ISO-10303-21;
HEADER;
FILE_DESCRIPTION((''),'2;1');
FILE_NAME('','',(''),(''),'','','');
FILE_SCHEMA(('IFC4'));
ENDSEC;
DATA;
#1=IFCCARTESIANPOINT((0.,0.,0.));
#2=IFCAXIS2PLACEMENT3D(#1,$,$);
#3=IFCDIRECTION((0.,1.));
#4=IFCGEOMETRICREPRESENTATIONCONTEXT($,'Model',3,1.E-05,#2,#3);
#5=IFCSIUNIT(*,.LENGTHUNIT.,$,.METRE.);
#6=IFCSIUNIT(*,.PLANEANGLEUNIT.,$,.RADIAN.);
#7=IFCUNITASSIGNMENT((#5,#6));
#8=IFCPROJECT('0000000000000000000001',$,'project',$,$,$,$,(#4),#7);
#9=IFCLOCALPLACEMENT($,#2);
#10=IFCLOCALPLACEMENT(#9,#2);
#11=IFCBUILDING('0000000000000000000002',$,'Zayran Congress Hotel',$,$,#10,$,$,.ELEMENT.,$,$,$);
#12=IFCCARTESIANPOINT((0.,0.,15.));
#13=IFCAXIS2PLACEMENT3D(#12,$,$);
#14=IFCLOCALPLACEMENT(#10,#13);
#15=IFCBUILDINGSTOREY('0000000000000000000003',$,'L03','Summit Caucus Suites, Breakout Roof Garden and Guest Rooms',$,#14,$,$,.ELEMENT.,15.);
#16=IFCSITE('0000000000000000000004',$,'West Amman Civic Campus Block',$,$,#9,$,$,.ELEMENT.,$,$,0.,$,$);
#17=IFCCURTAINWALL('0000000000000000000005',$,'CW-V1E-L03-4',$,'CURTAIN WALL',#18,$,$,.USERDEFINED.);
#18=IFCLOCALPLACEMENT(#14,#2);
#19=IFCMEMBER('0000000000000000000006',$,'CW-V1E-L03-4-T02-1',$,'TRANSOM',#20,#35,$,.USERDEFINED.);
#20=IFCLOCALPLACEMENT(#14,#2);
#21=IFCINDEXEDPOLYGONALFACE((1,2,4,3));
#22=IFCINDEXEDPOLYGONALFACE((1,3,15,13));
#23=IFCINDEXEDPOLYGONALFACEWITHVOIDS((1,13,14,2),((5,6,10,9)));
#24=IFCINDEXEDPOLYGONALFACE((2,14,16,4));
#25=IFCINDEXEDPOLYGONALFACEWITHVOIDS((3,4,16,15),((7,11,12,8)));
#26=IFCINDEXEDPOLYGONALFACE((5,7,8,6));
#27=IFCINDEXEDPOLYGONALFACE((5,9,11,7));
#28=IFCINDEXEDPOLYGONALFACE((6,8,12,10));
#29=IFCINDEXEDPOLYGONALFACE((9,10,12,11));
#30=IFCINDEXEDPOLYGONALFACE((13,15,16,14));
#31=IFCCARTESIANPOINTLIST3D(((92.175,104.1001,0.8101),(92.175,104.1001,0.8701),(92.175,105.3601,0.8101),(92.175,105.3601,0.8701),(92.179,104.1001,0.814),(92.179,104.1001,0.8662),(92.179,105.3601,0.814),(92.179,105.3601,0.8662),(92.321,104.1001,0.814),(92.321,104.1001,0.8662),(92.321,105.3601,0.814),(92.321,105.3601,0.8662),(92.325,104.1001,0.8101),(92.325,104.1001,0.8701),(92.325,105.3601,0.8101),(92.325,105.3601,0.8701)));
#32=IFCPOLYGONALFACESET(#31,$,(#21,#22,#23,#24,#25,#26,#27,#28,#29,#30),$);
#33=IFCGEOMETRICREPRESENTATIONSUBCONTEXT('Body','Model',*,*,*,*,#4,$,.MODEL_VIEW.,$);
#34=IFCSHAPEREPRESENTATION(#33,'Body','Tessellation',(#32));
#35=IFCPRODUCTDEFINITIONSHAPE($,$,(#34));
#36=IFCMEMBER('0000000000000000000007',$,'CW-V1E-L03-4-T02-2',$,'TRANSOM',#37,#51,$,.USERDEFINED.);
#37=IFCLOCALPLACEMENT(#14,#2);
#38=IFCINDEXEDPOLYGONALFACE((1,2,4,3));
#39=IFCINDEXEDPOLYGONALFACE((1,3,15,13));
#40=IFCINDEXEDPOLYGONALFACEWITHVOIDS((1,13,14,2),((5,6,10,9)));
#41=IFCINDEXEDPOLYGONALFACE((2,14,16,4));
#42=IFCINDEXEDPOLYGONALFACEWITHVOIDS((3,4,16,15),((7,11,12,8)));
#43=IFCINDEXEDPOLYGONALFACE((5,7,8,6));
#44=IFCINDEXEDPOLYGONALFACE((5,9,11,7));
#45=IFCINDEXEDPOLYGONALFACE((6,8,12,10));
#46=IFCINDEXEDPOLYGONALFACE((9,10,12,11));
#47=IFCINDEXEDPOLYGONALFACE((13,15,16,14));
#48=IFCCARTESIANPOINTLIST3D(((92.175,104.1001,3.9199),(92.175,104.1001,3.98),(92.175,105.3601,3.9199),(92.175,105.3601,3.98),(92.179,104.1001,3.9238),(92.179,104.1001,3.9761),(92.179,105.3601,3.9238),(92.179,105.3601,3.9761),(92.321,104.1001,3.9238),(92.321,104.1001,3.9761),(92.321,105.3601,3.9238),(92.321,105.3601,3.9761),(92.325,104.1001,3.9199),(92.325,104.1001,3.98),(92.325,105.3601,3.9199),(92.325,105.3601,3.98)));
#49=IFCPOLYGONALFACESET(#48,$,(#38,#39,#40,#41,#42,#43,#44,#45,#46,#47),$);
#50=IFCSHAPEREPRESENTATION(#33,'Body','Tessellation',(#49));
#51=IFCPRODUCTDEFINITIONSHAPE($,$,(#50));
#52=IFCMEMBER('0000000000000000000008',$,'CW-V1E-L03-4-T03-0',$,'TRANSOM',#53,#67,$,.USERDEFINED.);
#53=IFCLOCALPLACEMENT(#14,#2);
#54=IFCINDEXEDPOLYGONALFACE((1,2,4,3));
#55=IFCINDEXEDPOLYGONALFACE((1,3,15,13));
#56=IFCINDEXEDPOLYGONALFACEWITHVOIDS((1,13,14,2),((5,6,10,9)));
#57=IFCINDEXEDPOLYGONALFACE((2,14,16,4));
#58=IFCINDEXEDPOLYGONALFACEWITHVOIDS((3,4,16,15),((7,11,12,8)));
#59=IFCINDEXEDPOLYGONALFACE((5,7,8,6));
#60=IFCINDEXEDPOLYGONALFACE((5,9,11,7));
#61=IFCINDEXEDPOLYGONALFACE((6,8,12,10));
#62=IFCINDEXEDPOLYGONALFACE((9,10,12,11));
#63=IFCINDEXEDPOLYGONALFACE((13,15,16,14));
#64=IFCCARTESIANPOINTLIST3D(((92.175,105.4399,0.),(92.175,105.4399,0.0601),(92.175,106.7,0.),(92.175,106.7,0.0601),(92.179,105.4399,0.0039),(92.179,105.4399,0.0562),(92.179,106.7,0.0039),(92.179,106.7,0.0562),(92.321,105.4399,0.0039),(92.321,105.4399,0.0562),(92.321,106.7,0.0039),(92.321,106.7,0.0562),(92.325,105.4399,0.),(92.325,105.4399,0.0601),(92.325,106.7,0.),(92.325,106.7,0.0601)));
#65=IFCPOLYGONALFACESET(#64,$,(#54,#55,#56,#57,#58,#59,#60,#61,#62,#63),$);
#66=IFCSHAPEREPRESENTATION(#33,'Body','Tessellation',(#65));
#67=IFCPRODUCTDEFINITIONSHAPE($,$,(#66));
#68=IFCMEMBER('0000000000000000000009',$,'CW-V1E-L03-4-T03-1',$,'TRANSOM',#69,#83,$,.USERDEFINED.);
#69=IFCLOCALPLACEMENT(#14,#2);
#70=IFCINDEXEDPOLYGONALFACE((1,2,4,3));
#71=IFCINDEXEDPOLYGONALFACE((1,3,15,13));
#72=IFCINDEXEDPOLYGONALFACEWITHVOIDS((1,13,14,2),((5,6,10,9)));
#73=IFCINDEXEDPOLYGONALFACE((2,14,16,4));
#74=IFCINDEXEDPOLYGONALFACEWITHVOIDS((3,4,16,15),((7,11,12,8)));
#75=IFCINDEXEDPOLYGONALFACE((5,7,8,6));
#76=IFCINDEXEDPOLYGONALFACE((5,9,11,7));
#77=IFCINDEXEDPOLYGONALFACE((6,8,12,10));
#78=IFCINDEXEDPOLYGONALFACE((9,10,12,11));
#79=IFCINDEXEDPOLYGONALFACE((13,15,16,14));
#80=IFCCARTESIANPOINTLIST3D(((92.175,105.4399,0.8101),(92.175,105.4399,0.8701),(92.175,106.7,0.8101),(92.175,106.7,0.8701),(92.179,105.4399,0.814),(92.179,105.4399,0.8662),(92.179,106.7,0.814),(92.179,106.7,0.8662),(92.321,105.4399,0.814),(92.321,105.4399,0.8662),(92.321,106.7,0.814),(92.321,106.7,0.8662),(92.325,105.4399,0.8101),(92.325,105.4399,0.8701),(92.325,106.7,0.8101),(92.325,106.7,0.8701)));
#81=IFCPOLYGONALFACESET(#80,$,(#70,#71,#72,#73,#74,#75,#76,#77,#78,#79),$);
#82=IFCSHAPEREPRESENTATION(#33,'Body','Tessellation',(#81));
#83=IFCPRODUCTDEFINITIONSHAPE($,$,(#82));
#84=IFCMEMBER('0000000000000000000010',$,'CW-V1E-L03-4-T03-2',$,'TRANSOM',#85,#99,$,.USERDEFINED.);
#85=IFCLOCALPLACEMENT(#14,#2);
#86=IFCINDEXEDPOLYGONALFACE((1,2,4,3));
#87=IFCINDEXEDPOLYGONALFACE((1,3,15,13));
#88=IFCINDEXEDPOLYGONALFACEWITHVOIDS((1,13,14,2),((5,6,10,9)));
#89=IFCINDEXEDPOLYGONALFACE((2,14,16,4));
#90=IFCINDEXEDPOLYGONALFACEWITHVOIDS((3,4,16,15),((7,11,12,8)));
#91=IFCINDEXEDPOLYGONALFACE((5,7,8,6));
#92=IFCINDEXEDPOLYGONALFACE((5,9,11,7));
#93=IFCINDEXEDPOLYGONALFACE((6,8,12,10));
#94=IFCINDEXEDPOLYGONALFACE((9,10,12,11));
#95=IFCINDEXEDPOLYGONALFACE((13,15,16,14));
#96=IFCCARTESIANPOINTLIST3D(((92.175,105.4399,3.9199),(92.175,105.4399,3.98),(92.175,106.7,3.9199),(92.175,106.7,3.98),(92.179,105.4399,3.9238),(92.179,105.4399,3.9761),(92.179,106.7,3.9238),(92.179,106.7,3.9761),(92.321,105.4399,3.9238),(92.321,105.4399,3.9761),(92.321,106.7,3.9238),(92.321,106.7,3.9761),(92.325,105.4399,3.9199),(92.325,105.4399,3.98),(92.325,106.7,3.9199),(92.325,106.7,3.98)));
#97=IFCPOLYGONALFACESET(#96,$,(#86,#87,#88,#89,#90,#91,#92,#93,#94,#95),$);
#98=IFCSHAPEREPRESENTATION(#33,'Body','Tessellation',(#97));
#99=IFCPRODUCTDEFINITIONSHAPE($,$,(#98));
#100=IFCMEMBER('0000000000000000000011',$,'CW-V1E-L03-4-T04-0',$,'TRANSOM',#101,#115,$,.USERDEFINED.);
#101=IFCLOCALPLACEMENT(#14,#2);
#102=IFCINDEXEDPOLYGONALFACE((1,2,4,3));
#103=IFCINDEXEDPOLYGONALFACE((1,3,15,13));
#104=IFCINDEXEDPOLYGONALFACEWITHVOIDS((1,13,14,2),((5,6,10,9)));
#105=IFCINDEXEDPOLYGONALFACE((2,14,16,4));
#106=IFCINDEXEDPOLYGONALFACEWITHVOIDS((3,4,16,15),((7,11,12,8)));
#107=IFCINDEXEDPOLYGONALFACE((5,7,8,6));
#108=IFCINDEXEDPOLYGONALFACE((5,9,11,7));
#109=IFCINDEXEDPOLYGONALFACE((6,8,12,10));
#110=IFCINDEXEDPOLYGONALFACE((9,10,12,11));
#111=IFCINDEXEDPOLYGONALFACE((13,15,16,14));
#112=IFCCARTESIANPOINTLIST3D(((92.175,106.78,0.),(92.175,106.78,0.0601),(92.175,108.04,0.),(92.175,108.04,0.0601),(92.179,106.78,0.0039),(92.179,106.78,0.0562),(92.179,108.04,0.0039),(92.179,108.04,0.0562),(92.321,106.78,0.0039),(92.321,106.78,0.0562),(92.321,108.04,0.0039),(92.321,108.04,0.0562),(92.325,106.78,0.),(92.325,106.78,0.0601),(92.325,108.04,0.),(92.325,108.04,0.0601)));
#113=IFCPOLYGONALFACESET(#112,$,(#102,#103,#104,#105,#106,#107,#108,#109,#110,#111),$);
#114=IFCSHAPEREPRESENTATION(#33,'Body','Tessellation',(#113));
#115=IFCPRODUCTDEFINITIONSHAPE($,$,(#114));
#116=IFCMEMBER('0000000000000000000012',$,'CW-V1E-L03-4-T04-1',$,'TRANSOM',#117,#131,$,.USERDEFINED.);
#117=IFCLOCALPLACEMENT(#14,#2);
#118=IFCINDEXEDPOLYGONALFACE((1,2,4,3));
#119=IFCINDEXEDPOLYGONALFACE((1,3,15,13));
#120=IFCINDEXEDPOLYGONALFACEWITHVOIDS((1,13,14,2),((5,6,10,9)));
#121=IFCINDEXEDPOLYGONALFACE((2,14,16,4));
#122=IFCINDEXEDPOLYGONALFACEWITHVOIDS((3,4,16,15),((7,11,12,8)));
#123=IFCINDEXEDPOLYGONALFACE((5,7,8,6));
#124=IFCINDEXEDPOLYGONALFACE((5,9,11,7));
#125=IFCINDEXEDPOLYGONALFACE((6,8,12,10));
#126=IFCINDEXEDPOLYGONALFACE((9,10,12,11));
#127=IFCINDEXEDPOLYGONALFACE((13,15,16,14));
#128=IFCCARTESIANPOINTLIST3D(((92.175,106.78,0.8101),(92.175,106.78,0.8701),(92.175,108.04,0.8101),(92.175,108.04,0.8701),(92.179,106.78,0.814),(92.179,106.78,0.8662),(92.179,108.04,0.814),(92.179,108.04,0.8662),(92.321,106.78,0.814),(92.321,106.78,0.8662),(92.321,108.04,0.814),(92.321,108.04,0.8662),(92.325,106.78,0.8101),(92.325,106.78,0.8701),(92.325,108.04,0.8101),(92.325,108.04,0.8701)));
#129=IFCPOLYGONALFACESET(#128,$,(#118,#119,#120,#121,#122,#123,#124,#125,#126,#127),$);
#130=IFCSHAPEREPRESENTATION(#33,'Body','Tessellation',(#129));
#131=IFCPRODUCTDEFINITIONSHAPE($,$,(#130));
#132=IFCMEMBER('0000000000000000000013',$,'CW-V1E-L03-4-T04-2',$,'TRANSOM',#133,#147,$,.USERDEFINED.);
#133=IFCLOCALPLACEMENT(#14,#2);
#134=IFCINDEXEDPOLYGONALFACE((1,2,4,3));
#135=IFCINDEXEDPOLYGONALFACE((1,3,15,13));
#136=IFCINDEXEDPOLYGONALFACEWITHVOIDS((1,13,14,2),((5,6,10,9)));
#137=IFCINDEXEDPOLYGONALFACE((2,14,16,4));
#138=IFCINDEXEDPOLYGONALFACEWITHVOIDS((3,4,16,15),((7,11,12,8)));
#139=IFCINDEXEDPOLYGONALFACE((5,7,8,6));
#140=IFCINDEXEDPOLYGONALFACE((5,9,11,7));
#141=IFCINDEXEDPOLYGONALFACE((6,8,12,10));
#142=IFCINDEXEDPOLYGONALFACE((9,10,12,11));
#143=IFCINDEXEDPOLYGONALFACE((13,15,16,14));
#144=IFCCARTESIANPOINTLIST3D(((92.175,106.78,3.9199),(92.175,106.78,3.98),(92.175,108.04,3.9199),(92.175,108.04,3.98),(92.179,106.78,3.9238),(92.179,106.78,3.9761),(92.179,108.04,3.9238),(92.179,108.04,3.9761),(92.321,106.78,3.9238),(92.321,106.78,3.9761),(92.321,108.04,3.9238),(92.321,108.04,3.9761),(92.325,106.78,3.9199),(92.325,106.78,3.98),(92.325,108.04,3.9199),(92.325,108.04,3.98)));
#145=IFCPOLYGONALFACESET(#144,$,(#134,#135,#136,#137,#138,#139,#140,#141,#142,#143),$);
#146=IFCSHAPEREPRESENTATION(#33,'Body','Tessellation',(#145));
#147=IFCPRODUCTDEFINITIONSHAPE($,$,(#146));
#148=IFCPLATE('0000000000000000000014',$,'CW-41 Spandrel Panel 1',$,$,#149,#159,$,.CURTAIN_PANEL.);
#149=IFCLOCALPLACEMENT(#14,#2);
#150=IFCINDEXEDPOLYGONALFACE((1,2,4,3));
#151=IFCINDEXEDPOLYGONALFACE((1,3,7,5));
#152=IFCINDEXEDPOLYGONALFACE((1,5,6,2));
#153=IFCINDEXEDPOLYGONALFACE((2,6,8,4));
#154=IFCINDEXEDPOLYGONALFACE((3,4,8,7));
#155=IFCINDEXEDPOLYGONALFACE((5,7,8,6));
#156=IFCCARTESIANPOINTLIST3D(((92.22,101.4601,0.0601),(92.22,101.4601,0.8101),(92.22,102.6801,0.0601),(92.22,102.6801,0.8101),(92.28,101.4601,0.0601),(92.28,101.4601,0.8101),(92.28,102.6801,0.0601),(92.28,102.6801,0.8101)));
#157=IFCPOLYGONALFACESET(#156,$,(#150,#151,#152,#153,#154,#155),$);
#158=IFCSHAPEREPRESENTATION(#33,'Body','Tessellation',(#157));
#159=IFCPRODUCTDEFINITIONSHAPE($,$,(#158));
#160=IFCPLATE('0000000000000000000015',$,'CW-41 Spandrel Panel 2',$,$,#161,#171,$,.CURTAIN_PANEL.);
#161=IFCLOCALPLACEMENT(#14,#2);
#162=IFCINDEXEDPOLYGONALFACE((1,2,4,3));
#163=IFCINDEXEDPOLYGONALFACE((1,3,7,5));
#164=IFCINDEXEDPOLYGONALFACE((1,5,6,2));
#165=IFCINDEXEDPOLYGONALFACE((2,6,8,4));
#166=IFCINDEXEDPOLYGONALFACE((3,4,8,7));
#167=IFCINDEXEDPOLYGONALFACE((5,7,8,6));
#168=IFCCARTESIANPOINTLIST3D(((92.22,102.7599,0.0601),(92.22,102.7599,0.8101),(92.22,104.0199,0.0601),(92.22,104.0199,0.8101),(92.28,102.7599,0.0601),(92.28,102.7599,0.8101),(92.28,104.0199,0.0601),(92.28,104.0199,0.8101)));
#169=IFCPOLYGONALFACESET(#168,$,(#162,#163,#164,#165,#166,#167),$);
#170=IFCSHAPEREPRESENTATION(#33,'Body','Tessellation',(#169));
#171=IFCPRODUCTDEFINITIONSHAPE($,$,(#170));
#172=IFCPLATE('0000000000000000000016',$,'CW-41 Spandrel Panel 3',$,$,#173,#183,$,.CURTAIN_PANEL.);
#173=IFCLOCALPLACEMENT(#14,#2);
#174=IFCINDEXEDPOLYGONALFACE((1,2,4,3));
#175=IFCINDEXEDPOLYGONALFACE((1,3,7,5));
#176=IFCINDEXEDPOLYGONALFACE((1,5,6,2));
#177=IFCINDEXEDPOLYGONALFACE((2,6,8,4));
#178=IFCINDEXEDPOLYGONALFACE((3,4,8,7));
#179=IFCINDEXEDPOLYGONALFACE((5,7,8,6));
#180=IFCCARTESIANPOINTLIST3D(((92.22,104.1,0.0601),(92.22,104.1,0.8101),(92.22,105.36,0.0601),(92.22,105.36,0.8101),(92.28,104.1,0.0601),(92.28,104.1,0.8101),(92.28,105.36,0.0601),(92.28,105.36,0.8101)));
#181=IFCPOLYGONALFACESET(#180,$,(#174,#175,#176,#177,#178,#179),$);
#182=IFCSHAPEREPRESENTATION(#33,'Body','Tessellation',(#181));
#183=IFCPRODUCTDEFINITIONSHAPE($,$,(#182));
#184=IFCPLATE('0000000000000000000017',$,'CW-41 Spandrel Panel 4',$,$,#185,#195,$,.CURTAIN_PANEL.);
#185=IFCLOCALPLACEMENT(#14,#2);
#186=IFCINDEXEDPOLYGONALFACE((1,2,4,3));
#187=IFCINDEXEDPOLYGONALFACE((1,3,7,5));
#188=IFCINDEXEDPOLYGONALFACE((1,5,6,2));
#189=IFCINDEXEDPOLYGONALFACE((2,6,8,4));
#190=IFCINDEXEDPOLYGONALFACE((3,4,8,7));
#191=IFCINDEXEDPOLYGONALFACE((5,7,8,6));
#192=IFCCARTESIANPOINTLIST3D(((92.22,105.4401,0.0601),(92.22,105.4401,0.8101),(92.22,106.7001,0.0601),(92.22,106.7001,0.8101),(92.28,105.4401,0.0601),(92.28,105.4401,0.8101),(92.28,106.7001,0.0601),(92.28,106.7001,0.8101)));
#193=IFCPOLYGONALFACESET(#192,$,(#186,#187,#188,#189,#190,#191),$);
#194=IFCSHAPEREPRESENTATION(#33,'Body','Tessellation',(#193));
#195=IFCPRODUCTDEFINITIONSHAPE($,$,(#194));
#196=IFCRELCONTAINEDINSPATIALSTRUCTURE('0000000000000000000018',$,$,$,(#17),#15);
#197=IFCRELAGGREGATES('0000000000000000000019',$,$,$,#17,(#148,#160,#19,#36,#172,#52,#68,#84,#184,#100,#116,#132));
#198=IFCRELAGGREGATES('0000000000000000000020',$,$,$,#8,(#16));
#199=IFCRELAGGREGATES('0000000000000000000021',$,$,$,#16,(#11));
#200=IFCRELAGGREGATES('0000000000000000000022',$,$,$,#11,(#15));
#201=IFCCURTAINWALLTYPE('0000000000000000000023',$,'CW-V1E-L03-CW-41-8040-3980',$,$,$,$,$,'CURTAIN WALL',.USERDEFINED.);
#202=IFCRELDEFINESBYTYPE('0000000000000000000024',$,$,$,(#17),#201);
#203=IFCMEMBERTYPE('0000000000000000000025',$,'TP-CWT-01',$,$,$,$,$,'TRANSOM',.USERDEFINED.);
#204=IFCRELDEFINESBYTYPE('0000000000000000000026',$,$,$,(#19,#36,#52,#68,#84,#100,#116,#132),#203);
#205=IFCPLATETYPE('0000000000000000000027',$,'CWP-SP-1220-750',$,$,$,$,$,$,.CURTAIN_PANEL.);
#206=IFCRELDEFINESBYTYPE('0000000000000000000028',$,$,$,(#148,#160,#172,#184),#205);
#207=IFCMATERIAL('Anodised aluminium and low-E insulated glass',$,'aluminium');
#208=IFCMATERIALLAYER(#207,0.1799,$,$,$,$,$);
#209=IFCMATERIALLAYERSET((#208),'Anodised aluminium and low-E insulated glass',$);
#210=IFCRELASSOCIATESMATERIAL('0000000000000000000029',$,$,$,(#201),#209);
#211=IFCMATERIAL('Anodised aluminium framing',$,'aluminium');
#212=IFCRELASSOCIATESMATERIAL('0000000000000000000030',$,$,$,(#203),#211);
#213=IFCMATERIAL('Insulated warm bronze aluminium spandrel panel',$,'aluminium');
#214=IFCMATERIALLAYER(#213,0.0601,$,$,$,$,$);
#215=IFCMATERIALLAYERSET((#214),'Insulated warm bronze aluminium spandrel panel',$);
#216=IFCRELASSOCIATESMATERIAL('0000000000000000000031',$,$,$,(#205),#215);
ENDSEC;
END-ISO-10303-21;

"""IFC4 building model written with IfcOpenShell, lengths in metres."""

from ifc_helpers import new_model, si_unit, direction, frame, origin, origin_2d, place, context, subcontext, project, spatial, rectangle, hollow_rectangle, extrude, material, layer, layer_set, material_profile, profile_set, type_object, element, aggregate, save


model = new_model("IFC4")

# Units and contexts
model_context = context("Model", 3, precision=1e-05, world=origin(), true_north=direction((0.0, 1.0)))
body_context = subcontext(model_context, "Body", "Model", "MODEL_VIEW")
ifc_project = project(units=[si_unit("LENGTHUNIT", "METRE"), si_unit("PLANEANGLEUNIT", "RADIAN")], contexts=[model_context])

# Site, building, storey
site_placement = place(None, origin())
site = spatial("IfcSite", under=ifc_project, at=site_placement, Name="West Amman Civic Campus Block", CompositionType="ELEMENT", RefElevation=0.0)
building_placement = place(site_placement, origin())
building = spatial("IfcBuilding", under=site, at=building_placement, Name="Zayran Congress Hotel", CompositionType="ELEMENT")
storey_placement = place(building_placement, frame((0.0, 0.0, 15.0)))
storey = spatial("IfcBuildingStorey", under=building, at=storey_placement, Name="L03", Description="Summit Caucus Suites, Breakout Roof Garden and Guest Rooms", CompositionType="ELEMENT", Elevation=15.0)

# Curtain wall, members, plates
ifc_material_1 = material(Name="Anodised aluminium and low-E insulated glass", Category="aluminium")
ifc_layer_1 = layer(ifc_material_1, 0.1799)
ifc_layer_set_1 = layer_set([ifc_layer_1], Name="Anodised aluminium and low-E insulated glass")
curtain_wall_type = type_object("IfcCurtainWallType", Name="CW-V1E-L03-CW-41-8040-3980", ElementType="CURTAIN WALL", PredefinedType="USERDEFINED", material=ifc_layer_set_1)
curtain_wall_placement = place(storey_placement, origin())
curtain_wall = element("IfcCurtainWall", 1, at=curtain_wall_placement, inside=storey, type_object=curtain_wall_type, Name="CW-V1E-L03-4", ObjectType="CURTAIN WALL", PredefinedType="USERDEFINED")
ifc_material_2 = material(Name="Anodised aluminium framing", Category="aluminium")
ifc_material_profile_1 = material_profile(ifc_material_2, hollow_rectangle(XDim=0.0601, YDim=0.1499, WallThickness=0.0039, at=origin_2d()), Name="RHS 150x60x4")
ifc_profile_set_1 = profile_set([ifc_material_profile_1], Name="Anodised aluminium framing")
member_type_1 = type_object("IfcMemberType", Name="TP-CWT-01", ElementType="TRANSOM", PredefinedType="USERDEFINED", material=ifc_profile_set_1)
member_1_placement = place(storey_placement, frame((92.25, 104.1001, 0.8401), z_axis=(0.0, 1.0, 0.0), x_axis=(0.0, 0.0, 1.0)))
member_1 = element("IfcMember", 2, at=member_1_placement, type_object=member_type_1, Name="CW-V1E-L03-4-T02-1", ObjectType="TRANSOM", PredefinedType="USERDEFINED", context=body_context, shape_type="SweptSolid", body=[
    extrude(hollow_rectangle(XDim=0.0601, YDim=0.1499, WallThickness=0.0039, at=origin_2d()), origin(), (0.0, 0.0, 1.0), 1.26),
])
member_2_placement = place(storey_placement, frame((92.25, 104.1001, 3.95), z_axis=(0.0, 1.0, 0.0), x_axis=(0.0, 0.0, 1.0)))
member_2 = element("IfcMember", 3, at=member_2_placement, type_object=member_type_1, Name="CW-V1E-L03-4-T02-2", ObjectType="TRANSOM", PredefinedType="USERDEFINED", context=body_context, shape_type="SweptSolid", body=[
    extrude(hollow_rectangle(XDim=0.0601, YDim=0.1499, WallThickness=0.0039, at=origin_2d()), origin(), (0.0, 0.0, 1.0), 1.26),
])
member_3_placement = place(storey_placement, frame((92.25, 105.4399, 0.03), z_axis=(0.0, 1.0, 0.0), x_axis=(0.0, 0.0, 1.0)))
member_3 = element("IfcMember", 4, at=member_3_placement, type_object=member_type_1, Name="CW-V1E-L03-4-T03-0", ObjectType="TRANSOM", PredefinedType="USERDEFINED", context=body_context, shape_type="SweptSolid", body=[
    extrude(hollow_rectangle(XDim=0.0601, YDim=0.1499, WallThickness=0.0039, at=origin_2d()), origin(), (0.0, 0.0, 1.0), 1.26),
])
member_4_placement = place(storey_placement, frame((92.25, 105.4399, 0.8401), z_axis=(0.0, 1.0, 0.0), x_axis=(0.0, 0.0, 1.0)))
member_4 = element("IfcMember", 5, at=member_4_placement, type_object=member_type_1, Name="CW-V1E-L03-4-T03-1", ObjectType="TRANSOM", PredefinedType="USERDEFINED", context=body_context, shape_type="SweptSolid", body=[
    extrude(hollow_rectangle(XDim=0.0601, YDim=0.1499, WallThickness=0.0039, at=origin_2d()), origin(), (0.0, 0.0, 1.0), 1.26),
])
member_5_placement = place(storey_placement, frame((92.25, 105.4399, 3.95), z_axis=(0.0, 1.0, 0.0), x_axis=(0.0, 0.0, 1.0)))
member_5 = element("IfcMember", 6, at=member_5_placement, type_object=member_type_1, Name="CW-V1E-L03-4-T03-2", ObjectType="TRANSOM", PredefinedType="USERDEFINED", context=body_context, shape_type="SweptSolid", body=[
    extrude(hollow_rectangle(XDim=0.0601, YDim=0.1499, WallThickness=0.0039, at=origin_2d()), origin(), (0.0, 0.0, 1.0), 1.26),
])
member_6_placement = place(storey_placement, frame((92.25, 106.78, 0.03), z_axis=(0.0, 1.0, 0.0), x_axis=(0.0, 0.0, 1.0)))
member_6 = element("IfcMember", 7, at=member_6_placement, type_object=member_type_1, Name="CW-V1E-L03-4-T04-0", ObjectType="TRANSOM", PredefinedType="USERDEFINED", context=body_context, shape_type="SweptSolid", body=[
    extrude(hollow_rectangle(XDim=0.0601, YDim=0.1499, WallThickness=0.0039, at=origin_2d()), origin(), (0.0, 0.0, 1.0), 1.26),
])
member_7_placement = place(storey_placement, frame((92.25, 106.78, 0.8401), z_axis=(0.0, 1.0, 0.0), x_axis=(0.0, 0.0, 1.0)))
member_7 = element("IfcMember", 8, at=member_7_placement, type_object=member_type_1, Name="CW-V1E-L03-4-T04-1", ObjectType="TRANSOM", PredefinedType="USERDEFINED", context=body_context, shape_type="SweptSolid", body=[
    extrude(hollow_rectangle(XDim=0.0601, YDim=0.1499, WallThickness=0.0039, at=origin_2d()), origin(), (0.0, 0.0, 1.0), 1.26),
])
member_8_placement = place(storey_placement, frame((92.25, 106.78, 3.95), z_axis=(0.0, 1.0, 0.0), x_axis=(0.0, 0.0, 1.0)))
member_8 = element("IfcMember", 9, at=member_8_placement, type_object=member_type_1, Name="CW-V1E-L03-4-T04-2", ObjectType="TRANSOM", PredefinedType="USERDEFINED", context=body_context, shape_type="SweptSolid", body=[
    extrude(hollow_rectangle(XDim=0.0601, YDim=0.1499, WallThickness=0.0039, at=origin_2d()), origin(), (0.0, 0.0, 1.0), 1.26),
])
ifc_material_3 = material(Name="Insulated warm bronze aluminium spandrel panel", Category="aluminium")
ifc_layer_2 = layer(ifc_material_3, 0.0601)
ifc_layer_set_2 = layer_set([ifc_layer_2], Name="Insulated warm bronze aluminium spandrel panel")
plate_type_1 = type_object("IfcPlateType", Name="CWP-SP-1220-750", PredefinedType="CURTAIN_PANEL", material=ifc_layer_set_2)
plate_1_placement = place(storey_placement, frame((92.25, 102.0701, 0.0601), z_axis=(0.0, 0.0, 1.0), x_axis=(0.0, 1.0, 0.0)))
plate_1 = element("IfcPlate", 10, at=plate_1_placement, type_object=plate_type_1, Name="CW-41 Spandrel Panel 1", PredefinedType="CURTAIN_PANEL", context=body_context, shape_type="SweptSolid", body=[
    extrude(rectangle(XDim=1.22, YDim=0.0601, at=origin_2d()), origin(), (0.0, 0.0, 1.0), 0.75),
])
plate_2_placement = place(storey_placement, frame((92.25, 103.3899, 0.0601), z_axis=(0.0, 0.0, 1.0), x_axis=(0.0, 1.0, 0.0)))
plate_2 = element("IfcPlate", 11, at=plate_2_placement, type_object=plate_type_1, Name="CW-41 Spandrel Panel 2", PredefinedType="CURTAIN_PANEL", context=body_context, shape_type="SweptSolid", body=[
    extrude(rectangle(XDim=1.26, YDim=0.0601, at=origin_2d()), origin(), (0.0, 0.0, 1.0), 0.75),
])
plate_3_placement = place(storey_placement, frame((92.25, 104.73, 0.0601), z_axis=(0.0, 0.0, 1.0), x_axis=(0.0, 1.0, 0.0)))
plate_3 = element("IfcPlate", 12, at=plate_3_placement, type_object=plate_type_1, Name="CW-41 Spandrel Panel 3", PredefinedType="CURTAIN_PANEL", context=body_context, shape_type="SweptSolid", body=[
    extrude(rectangle(XDim=1.26, YDim=0.0601, at=origin_2d()), origin(), (0.0, 0.0, 1.0), 0.75),
])
plate_4_placement = place(storey_placement, frame((92.25, 106.0701, 0.0601), z_axis=(0.0, 0.0, 1.0), x_axis=(0.0, 1.0, 0.0)))
plate_4 = element("IfcPlate", 13, at=plate_4_placement, type_object=plate_type_1, Name="CW-41 Spandrel Panel 4", PredefinedType="CURTAIN_PANEL", context=body_context, shape_type="SweptSolid", body=[
    extrude(rectangle(XDim=1.26, YDim=0.0601, at=origin_2d()), origin(), (0.0, 0.0, 1.0), 0.75),
])
aggregate(curtain_wall, [plate_1, plate_2, member_1, member_2, plate_3, member_3, member_4, member_5, plate_4, member_6, member_7, member_8])

save(model, "model.ifc")
